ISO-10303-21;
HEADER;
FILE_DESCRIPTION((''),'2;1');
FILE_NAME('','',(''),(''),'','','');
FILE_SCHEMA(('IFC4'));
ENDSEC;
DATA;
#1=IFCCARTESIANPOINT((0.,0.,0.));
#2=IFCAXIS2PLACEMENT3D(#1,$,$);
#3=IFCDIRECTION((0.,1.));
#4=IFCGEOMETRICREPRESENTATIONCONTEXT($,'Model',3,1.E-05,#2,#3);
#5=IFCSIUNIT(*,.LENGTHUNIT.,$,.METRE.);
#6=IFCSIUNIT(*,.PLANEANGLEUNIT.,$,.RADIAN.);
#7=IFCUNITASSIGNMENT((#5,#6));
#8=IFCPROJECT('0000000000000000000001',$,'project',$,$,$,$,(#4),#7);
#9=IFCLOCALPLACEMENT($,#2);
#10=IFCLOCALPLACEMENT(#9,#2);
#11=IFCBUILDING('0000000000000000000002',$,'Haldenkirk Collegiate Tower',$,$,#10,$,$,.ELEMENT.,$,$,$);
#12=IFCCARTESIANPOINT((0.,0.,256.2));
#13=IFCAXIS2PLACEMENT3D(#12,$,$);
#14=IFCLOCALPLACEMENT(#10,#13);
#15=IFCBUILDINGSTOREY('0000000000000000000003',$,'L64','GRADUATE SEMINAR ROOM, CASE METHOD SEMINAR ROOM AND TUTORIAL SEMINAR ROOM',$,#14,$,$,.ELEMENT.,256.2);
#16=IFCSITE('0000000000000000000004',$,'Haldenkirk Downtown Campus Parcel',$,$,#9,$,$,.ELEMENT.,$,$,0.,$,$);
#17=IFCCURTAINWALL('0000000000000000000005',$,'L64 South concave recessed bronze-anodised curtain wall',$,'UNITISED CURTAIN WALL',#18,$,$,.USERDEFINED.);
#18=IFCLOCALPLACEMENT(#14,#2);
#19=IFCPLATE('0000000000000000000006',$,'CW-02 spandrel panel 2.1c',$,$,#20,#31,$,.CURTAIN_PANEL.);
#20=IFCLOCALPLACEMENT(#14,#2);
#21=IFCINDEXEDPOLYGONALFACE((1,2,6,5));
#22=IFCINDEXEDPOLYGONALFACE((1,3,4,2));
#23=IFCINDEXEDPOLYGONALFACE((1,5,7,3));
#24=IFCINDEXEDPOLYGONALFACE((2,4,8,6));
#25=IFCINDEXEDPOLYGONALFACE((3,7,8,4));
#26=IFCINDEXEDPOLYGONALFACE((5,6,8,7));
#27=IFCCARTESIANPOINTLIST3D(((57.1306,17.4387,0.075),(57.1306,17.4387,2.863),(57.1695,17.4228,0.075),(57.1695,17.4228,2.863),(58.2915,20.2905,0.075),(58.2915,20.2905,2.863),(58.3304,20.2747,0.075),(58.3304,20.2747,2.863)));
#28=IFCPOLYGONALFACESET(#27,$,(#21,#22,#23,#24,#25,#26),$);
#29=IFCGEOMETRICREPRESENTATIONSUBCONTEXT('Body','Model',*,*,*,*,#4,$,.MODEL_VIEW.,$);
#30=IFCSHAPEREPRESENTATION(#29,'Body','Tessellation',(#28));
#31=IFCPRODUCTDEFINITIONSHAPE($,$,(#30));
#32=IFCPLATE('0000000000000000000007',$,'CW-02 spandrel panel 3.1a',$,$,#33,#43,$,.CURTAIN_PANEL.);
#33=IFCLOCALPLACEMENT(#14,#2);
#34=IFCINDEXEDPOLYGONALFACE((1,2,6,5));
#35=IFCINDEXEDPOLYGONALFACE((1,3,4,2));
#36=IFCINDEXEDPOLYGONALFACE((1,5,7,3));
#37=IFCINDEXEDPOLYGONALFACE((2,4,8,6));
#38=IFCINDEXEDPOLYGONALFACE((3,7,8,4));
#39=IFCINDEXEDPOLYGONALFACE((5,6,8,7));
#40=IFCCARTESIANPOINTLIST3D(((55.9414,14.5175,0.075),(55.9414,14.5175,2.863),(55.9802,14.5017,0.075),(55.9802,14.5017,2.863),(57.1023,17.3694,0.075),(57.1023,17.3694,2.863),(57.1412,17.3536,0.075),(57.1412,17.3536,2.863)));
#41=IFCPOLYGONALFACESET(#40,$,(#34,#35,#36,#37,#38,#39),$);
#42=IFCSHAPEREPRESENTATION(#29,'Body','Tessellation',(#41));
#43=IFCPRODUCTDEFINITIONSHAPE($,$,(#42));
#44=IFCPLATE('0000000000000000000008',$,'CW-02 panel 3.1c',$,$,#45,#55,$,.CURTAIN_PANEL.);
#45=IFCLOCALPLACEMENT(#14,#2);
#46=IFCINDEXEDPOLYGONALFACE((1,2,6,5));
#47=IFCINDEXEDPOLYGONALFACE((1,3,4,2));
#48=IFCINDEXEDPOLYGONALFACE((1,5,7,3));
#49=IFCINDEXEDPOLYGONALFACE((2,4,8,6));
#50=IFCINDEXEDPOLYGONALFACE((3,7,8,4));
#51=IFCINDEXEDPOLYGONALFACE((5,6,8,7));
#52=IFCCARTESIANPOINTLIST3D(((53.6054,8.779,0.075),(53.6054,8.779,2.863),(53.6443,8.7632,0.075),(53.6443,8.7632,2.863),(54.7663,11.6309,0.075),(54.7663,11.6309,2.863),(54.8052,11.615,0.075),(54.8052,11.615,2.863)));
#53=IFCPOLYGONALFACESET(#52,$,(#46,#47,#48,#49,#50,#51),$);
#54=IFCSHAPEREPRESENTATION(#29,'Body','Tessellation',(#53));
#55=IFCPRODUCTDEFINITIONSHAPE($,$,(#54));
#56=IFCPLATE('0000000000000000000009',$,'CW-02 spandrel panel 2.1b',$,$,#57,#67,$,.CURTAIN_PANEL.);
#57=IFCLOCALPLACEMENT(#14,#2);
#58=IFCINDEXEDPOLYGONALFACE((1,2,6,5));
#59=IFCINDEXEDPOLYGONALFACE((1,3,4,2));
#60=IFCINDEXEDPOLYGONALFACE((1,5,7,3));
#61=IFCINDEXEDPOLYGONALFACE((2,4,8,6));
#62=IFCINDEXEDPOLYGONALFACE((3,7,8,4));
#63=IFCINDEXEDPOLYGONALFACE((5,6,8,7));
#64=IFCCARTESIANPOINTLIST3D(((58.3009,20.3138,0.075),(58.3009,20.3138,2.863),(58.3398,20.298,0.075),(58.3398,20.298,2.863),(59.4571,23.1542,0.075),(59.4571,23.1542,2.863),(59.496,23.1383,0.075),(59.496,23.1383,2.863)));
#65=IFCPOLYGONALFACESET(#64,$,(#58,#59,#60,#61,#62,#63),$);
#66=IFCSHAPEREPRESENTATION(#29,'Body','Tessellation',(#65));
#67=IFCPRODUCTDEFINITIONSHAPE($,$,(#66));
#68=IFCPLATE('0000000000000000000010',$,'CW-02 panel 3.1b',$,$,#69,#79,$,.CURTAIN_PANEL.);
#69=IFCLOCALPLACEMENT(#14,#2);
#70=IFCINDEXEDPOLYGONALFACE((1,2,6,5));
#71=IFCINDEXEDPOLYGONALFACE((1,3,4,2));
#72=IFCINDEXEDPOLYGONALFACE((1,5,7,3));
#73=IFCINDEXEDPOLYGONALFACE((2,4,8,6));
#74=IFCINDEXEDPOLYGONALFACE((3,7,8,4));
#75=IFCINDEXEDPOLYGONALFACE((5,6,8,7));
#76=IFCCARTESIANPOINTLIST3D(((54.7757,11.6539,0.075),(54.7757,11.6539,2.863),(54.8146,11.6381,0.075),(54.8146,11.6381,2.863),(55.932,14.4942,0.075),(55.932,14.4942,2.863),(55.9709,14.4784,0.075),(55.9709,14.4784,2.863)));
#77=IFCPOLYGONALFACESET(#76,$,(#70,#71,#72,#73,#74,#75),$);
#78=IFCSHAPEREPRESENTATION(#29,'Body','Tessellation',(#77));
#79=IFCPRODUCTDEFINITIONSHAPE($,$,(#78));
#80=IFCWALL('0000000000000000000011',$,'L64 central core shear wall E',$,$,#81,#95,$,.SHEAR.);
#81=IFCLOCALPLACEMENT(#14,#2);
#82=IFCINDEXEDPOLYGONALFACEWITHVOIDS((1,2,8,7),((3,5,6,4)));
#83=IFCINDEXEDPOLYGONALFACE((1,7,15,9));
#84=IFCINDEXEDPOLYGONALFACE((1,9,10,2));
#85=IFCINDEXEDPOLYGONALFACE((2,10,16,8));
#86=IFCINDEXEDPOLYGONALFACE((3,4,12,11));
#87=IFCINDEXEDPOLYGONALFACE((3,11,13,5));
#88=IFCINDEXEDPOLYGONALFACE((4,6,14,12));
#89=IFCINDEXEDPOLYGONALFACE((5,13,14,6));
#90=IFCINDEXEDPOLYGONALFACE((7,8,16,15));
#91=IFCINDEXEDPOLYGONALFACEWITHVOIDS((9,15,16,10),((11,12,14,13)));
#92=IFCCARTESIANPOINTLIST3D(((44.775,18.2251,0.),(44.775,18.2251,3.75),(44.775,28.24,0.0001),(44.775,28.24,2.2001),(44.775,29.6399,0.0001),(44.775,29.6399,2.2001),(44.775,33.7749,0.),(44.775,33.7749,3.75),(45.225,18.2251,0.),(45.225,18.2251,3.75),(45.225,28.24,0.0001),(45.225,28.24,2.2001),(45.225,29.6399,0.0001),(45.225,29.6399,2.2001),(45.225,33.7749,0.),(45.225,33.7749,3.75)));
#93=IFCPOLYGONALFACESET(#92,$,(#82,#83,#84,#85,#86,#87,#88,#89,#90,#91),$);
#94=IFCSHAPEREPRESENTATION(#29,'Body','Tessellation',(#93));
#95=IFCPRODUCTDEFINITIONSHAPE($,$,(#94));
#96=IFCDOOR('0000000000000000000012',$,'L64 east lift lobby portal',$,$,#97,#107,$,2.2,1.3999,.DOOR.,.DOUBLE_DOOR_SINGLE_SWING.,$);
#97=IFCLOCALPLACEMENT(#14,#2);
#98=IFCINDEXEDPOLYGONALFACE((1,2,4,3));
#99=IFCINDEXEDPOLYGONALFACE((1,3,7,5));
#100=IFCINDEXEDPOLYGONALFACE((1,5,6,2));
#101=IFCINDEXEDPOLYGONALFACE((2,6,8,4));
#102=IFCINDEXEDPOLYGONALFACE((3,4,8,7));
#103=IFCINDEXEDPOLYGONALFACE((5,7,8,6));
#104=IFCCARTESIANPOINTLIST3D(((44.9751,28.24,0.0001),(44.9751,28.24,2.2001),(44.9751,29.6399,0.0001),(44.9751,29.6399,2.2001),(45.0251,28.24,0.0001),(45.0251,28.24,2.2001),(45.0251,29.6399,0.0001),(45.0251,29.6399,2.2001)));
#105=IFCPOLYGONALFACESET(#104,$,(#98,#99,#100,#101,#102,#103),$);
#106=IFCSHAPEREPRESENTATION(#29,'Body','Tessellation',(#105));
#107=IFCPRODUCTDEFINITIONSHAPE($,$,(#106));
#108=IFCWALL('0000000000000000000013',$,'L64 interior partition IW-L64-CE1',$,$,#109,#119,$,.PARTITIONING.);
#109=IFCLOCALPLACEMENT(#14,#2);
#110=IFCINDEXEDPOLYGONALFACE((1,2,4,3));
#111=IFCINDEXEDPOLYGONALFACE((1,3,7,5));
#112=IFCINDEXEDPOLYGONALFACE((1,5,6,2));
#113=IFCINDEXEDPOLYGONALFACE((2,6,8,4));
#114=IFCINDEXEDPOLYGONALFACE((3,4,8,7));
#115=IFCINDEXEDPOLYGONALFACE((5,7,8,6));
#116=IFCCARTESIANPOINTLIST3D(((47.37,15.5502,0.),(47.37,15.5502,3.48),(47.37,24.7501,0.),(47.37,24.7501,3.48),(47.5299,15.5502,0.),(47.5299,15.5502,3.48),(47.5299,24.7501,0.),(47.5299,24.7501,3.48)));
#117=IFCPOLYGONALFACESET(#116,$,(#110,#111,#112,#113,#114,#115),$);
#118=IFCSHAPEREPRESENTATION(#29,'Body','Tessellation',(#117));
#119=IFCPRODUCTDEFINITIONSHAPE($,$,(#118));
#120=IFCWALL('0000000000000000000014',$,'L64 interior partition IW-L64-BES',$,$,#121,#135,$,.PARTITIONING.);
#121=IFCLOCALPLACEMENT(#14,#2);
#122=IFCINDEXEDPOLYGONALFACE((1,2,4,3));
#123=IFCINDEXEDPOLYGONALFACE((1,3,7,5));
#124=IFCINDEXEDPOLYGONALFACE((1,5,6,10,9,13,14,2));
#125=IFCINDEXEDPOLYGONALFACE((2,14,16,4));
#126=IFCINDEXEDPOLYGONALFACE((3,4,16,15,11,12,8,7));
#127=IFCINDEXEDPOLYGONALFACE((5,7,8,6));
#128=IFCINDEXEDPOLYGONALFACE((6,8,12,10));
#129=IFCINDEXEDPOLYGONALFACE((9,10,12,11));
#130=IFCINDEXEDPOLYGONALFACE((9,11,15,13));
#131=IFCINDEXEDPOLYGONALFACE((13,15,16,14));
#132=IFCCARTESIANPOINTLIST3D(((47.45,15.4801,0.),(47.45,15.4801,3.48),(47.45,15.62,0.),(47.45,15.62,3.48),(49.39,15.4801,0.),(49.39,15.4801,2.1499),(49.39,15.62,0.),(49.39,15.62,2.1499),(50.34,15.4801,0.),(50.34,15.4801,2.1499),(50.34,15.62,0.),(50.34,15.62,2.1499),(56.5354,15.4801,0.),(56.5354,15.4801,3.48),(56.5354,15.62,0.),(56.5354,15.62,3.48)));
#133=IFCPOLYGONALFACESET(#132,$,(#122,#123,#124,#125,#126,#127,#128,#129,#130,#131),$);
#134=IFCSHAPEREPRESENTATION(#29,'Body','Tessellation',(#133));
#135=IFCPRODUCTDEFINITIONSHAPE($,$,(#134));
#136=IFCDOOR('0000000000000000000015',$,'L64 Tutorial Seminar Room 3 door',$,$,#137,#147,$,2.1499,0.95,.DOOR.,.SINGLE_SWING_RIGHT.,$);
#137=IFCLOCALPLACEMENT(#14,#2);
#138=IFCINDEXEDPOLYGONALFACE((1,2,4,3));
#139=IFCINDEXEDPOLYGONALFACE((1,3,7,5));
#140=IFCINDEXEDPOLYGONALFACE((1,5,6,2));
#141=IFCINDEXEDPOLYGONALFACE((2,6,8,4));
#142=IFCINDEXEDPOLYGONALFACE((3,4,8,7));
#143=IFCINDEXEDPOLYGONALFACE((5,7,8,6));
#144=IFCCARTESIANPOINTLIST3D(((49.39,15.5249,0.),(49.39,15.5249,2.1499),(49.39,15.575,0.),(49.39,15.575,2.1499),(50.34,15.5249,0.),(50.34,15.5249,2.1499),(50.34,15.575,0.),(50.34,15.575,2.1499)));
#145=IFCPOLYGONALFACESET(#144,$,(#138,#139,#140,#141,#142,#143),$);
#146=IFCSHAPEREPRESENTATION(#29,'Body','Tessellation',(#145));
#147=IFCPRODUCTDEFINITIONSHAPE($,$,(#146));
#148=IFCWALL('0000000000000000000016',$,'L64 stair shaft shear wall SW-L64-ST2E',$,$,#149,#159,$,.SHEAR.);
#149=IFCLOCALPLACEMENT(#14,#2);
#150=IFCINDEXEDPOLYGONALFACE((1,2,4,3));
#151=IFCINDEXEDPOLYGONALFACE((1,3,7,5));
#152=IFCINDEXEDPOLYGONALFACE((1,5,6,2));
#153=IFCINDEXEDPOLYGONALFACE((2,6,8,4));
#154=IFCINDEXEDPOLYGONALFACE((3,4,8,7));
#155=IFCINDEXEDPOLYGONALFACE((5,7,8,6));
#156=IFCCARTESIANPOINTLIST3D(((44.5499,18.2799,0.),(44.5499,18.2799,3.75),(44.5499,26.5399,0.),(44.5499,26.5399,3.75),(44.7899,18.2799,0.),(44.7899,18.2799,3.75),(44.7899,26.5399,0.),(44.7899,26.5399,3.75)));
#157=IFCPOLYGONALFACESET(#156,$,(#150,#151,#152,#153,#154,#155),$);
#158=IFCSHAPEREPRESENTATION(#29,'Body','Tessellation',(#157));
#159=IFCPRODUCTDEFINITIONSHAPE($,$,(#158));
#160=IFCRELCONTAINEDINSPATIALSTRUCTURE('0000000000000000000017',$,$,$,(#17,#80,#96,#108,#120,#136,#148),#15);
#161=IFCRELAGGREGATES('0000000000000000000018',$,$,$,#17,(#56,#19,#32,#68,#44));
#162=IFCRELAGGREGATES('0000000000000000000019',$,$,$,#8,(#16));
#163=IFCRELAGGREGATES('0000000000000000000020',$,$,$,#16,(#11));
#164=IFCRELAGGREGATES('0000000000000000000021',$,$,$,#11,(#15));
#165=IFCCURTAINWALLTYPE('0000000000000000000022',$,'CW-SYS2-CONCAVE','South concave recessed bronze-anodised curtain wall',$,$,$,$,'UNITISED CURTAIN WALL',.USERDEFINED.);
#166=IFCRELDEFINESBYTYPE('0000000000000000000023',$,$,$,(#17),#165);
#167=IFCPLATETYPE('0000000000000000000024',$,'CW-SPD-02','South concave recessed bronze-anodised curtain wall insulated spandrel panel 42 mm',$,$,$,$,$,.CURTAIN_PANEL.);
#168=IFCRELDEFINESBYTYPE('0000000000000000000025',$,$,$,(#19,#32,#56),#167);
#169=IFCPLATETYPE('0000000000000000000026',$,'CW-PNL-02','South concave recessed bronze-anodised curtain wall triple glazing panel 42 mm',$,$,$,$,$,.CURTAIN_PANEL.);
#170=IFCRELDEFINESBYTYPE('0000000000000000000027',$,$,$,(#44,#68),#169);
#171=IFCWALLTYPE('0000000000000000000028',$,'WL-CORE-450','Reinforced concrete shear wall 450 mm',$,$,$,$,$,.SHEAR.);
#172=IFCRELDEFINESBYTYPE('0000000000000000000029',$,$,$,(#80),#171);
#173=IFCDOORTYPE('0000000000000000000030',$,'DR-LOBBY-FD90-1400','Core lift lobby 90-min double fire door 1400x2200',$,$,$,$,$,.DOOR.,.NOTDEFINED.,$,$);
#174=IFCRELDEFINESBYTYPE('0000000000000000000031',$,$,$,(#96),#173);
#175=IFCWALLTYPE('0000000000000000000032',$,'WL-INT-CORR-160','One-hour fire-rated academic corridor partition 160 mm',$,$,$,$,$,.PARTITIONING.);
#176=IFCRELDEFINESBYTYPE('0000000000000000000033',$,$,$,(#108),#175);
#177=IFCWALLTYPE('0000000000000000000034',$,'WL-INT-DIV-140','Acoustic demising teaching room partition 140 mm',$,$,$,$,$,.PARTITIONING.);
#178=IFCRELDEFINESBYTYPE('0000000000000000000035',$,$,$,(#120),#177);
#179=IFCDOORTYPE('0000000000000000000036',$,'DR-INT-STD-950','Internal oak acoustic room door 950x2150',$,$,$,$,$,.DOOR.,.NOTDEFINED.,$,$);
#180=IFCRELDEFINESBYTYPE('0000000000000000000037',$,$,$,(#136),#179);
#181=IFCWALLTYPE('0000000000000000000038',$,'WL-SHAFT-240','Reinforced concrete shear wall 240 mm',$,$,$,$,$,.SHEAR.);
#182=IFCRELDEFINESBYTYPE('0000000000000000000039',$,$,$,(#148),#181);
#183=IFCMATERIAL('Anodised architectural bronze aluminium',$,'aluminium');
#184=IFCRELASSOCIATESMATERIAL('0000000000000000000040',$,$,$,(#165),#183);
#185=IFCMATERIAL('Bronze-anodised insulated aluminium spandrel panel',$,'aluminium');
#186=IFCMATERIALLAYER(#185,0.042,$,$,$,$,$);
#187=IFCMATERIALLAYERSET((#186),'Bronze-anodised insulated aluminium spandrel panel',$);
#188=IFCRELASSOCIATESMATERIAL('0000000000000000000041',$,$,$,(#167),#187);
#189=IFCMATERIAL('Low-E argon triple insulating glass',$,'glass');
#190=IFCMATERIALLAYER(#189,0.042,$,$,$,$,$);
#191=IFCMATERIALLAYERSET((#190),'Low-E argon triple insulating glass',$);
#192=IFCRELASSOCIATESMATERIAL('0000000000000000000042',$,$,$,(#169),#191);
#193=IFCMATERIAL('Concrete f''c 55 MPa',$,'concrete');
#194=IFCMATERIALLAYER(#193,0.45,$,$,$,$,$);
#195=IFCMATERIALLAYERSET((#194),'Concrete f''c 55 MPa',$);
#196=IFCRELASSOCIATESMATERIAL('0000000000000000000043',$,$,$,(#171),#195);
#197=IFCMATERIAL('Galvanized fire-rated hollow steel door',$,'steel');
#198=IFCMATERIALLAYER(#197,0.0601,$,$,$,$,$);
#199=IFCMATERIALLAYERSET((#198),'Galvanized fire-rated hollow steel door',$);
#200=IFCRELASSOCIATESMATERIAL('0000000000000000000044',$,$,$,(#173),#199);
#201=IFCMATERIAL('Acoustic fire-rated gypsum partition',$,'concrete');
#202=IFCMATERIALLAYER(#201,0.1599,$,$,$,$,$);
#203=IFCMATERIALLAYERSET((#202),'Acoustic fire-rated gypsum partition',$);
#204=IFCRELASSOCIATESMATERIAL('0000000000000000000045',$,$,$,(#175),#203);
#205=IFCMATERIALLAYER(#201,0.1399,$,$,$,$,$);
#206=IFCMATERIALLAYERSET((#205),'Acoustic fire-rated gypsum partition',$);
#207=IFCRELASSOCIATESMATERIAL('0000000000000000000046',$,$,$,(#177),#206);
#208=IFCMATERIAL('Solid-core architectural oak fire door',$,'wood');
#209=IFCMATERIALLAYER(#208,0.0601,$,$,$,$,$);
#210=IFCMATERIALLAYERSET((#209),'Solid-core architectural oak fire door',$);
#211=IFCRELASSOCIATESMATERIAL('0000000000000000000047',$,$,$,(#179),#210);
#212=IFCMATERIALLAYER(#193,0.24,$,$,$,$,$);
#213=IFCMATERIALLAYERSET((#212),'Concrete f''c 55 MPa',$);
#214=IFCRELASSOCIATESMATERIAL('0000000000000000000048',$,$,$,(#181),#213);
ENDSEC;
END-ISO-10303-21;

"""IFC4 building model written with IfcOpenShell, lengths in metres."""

from ifc_helpers import new_model, si_unit, direction, frame, frame_2d, origin, origin_2d, place, context, subcontext, project, spatial, rectangle, extrude, source, transform, mapped, material, layer, layer_set, type_object, element, fill, aggregate, save


model = new_model("IFC4")

# Units and contexts
model_context = context("Model", 3, precision=1e-05, world=origin(), true_north=direction((0.0, 1.0)))
body_context = subcontext(model_context, "Body", "Model", "MODEL_VIEW")
ifc_project = project(units=[si_unit("LENGTHUNIT", "METRE"), si_unit("PLANEANGLEUNIT", "RADIAN")], contexts=[model_context])

# Site, building, storey
site_placement = place(None, origin())
site = spatial("IfcSite", under=ifc_project, at=site_placement, Name="Haldenkirk Downtown Campus Parcel", CompositionType="ELEMENT", RefElevation=0.0)
building_placement = place(site_placement, origin())
building = spatial("IfcBuilding", under=site, at=building_placement, Name="Haldenkirk Collegiate Tower", CompositionType="ELEMENT")
storey_placement = place(building_placement, frame((0.0, 0.0, 256.2)))
storey = spatial("IfcBuildingStorey", under=building, at=storey_placement, Name="L64", Description="GRADUATE SEMINAR ROOM, CASE METHOD SEMINAR ROOM AND TUTORIAL SEMINAR ROOM", CompositionType="ELEMENT", Elevation=256.2)

# Curtain wall
ifc_material_1 = material(Name="Anodised architectural bronze aluminium", Category="aluminium")
curtain_wall_type = type_object("IfcCurtainWallType", Name="CW-SYS2-CONCAVE", Description="South concave recessed bronze-anodised curtain wall", ElementType="UNITISED CURTAIN WALL", PredefinedType="USERDEFINED", material=ifc_material_1)
curtain_wall_placement = place(storey_placement, origin())
curtain_wall = element("IfcCurtainWall", 1, at=curtain_wall_placement, inside=storey, type_object=curtain_wall_type, Name="L64 South concave recessed bronze-anodised curtain wall", ObjectType="UNITISED CURTAIN WALL", PredefinedType="USERDEFINED")

# Plates
ifc_material_2 = material(Name="Bronze-anodised insulated aluminium spandrel panel", Category="aluminium")
ifc_layer_1 = layer(ifc_material_2, 0.042)
ifc_layer_set_1 = layer_set([ifc_layer_1], Name="Bronze-anodised insulated aluminium spandrel panel")
plate_type_1 = type_object("IfcPlateType", Name="CW-SPD-02", Description="South concave recessed bronze-anodised curtain wall insulated spandrel panel 42 mm", PredefinedType="CURTAIN_PANEL", material=ifc_layer_set_1)
shared_shape_1 = source(origin(), body_context, "Body", "SweptSolid", [
    extrude(rectangle(XDim=3.0791, YDim=0.042, at=origin_2d()), origin(), (0.0, 0.0, 1.0), 2.7881),
])
plate_1_placement = place(storey_placement, frame((57.7305, 18.8567, 0.075), z_axis=(0.0, 0.0, 1.0), x_axis=(-0.377032, -0.9262, 0.0)))
plate_1 = element("IfcPlate", 2, at=plate_1_placement, type_object=plate_type_1, Name="CW-02 spandrel panel 2.1c", PredefinedType="CURTAIN_PANEL", context=body_context, shape_type="MappedRepresentation", body=[
    mapped(shared_shape_1, transform((0.0, 0.0, 0.0), x_axis=(1.0, 0.0, 0.0), y_axis=(0.0, 1.0, 0.0), z_axis=(0.0, 0.0, 1.0), scale=1.0)),
])
plate_2_placement = place(storey_placement, frame((56.5413, 15.9355, 0.075), z_axis=(0.0, 0.0, 1.0), x_axis=(-0.377032, -0.9262, 0.0)))
plate_2 = element("IfcPlate", 3, at=plate_2_placement, type_object=plate_type_1, Name="CW-02 spandrel panel 3.1a", PredefinedType="CURTAIN_PANEL", context=body_context, shape_type="MappedRepresentation", body=[
    mapped(shared_shape_1, transform((0.0, 0.0, 0.0), x_axis=(1.0, 0.0, 0.0), y_axis=(0.0, 1.0, 0.0), z_axis=(0.0, 0.0, 1.0), scale=1.0)),
])
ifc_material_3 = material(Name="Low-E argon triple insulating glass", Category="glass")
ifc_layer_2 = layer(ifc_material_3, 0.042)
ifc_layer_set_2 = layer_set([ifc_layer_2], Name="Low-E argon triple insulating glass")
plate_type_2 = type_object("IfcPlateType", Name="CW-PNL-02", Description="South concave recessed bronze-anodised curtain wall triple glazing panel 42 mm", PredefinedType="CURTAIN_PANEL", material=ifc_layer_set_2)
plate_3_placement = place(storey_placement, frame((54.2053, 10.197, 0.075), z_axis=(0.0, 0.0, 1.0), x_axis=(-0.377032, -0.9262, 0.0)))
plate_3 = element("IfcPlate", 4, at=plate_3_placement, type_object=plate_type_2, Name="CW-02 panel 3.1c", PredefinedType="CURTAIN_PANEL", context=body_context, shape_type="MappedRepresentation", body=[
    mapped(shared_shape_1, transform((0.0, 0.0, 0.0), x_axis=(1.0, 0.0, 0.0), y_axis=(0.0, 1.0, 0.0), z_axis=(0.0, 0.0, 1.0), scale=1.0)),
])
shared_shape_2 = source(origin(), body_context, "Body", "SweptSolid", [
    extrude(rectangle(XDim=3.0667, YDim=0.042, at=origin_2d()), origin(), (0.0, 0.0, 1.0), 2.7881),
])
plate_4_placement = place(storey_placement, frame((58.8984, 21.7261, 0.075), z_axis=(0.0, 0.0, 1.0), x_axis=(-0.377032, -0.9262, 0.0)))
plate_4 = element("IfcPlate", 5, at=plate_4_placement, type_object=plate_type_1, Name="CW-02 spandrel panel 2.1b", PredefinedType="CURTAIN_PANEL", context=body_context, shape_type="MappedRepresentation", body=[
    mapped(shared_shape_2, transform((0.0, 0.0, 0.0), x_axis=(1.0, 0.0, 0.0), y_axis=(0.0, 1.0, 0.0), z_axis=(0.0, 0.0, 1.0), scale=1.0)),
])
plate_5_placement = place(storey_placement, frame((55.3733, 13.0662, 0.075), z_axis=(0.0, 0.0, 1.0), x_axis=(-0.377032, -0.9262, 0.0)))
plate_5 = element("IfcPlate", 6, at=plate_5_placement, type_object=plate_type_2, Name="CW-02 panel 3.1b", PredefinedType="CURTAIN_PANEL", context=body_context, shape_type="MappedRepresentation", body=[
    mapped(shared_shape_2, transform((0.0, 0.0, 0.0), x_axis=(1.0, 0.0, 0.0), y_axis=(0.0, 1.0, 0.0), z_axis=(0.0, 0.0, 1.0), scale=1.0)),
])
aggregate(curtain_wall, [plate_4, plate_1, plate_2, plate_5, plate_3])

# Wall, opening, door
ifc_material_4 = material(Name="Concrete f'c 55 MPa", Category="concrete")
ifc_layer_3 = layer(ifc_material_4, 0.45)
ifc_layer_set_3 = layer_set([ifc_layer_3], Name="Concrete f'c 55 MPa")
wall_type_1 = type_object("IfcWallType", Name="WL-CORE-450", Description="Reinforced concrete shear wall 450 mm", PredefinedType="SHEAR", material=ifc_layer_set_3)
wall_1_placement = place(storey_placement, frame((45.0, 18.2251, 0.0), z_axis=(0.0, 0.0, 1.0), x_axis=(0.0, 1.0, 0.0)))
wall_1 = element("IfcWall", 7, at=wall_1_placement, inside=storey, type_object=wall_type_1, Name="L64 central core shear wall E", PredefinedType="SHEAR", context=body_context, shape_type="SweptSolid", body=[
    extrude(rectangle(XDim=15.5498, YDim=0.45, at=frame_2d((7.7749, 0.0))), origin(), (0.0, 0.0, 1.0), 3.75),
])
opening_1_placement = place(wall_1_placement, frame((10.0149, 0.0, 0.0)))
opening_1 = element("IfcOpeningElement", 8, at=opening_1_placement, cuts=wall_1, PredefinedType="OPENING", context=body_context, shape_type="SweptSolid", body=[
    extrude(rectangle(XDim=1.3999, YDim=2.2, at=frame_2d((0.7, 1.1001))), frame((0.0, 0.2349, 0.0), z_axis=(0.0, -1.0, 0.0), x_axis=(1.0, 0.0, 0.0)), (0.0, 0.0, 1.0), 0.47),
])
ifc_material_5 = material(Name="Galvanized fire-rated hollow steel door", Category="steel")
ifc_layer_4 = layer(ifc_material_5, 0.0601)
ifc_layer_set_4 = layer_set([ifc_layer_4], Name="Galvanized fire-rated hollow steel door")
door_type_1 = type_object("IfcDoorType", Name="DR-LOBBY-FD90-1400", Description="Core lift lobby 90-min double fire door 1400x2200", OperationType="NOTDEFINED", PredefinedType="DOOR", material=ifc_layer_set_4)
door_1_placement = place(opening_1_placement, origin())
door_1 = element("IfcDoor", 9, at=door_1_placement, inside=storey, type_object=door_type_1, Name="L64 east lift lobby portal", OperationType="DOUBLE_DOOR_SINGLE_SWING", OverallHeight=2.2, OverallWidth=1.3999, PredefinedType="DOOR", context=body_context, shape_type="SweptSolid", body=[
    extrude(rectangle(XDim=1.3999, YDim=2.2, at=frame_2d((0.7, 1.1001))), frame((0.0, 0.0249, 0.0), z_axis=(0.0, -1.0, 0.0), x_axis=(1.0, 0.0, 0.0)), (0.0, 0.0, 1.0), 0.05),
])
fill(opening_1, door_1)

# Wall
ifc_material_6 = material(Name="Acoustic fire-rated gypsum partition", Category="concrete")
ifc_layer_5 = layer(ifc_material_6, 0.1599)
ifc_layer_set_5 = layer_set([ifc_layer_5], Name="Acoustic fire-rated gypsum partition")
wall_type_2 = type_object("IfcWallType", Name="WL-INT-CORR-160", Description="One-hour fire-rated academic corridor partition 160 mm", PredefinedType="PARTITIONING", material=ifc_layer_set_5)
wall_2_placement = place(storey_placement, frame((47.45, 15.55, 0.0), z_axis=(0.0, 0.0, 1.0), x_axis=(0.0, 1.0, 0.0)))
element("IfcWall", 10, at=wall_2_placement, inside=storey, type_object=wall_type_2, Name="L64 interior partition IW-L64-CE1", PredefinedType="PARTITIONING", context=body_context, shape_type="SweptSolid", body=[
    extrude(rectangle(XDim=9.2, YDim=0.1599, at=frame_2d((4.6001, 0.0))), origin(), (0.0, 0.0, 1.0), 3.48),
])

# Wall, opening, door
ifc_layer_6 = layer(ifc_material_6, 0.1399)
ifc_layer_set_6 = layer_set([ifc_layer_6], Name="Acoustic fire-rated gypsum partition")
wall_type_3 = type_object("IfcWallType", Name="WL-INT-DIV-140", Description="Acoustic demising teaching room partition 140 mm", PredefinedType="PARTITIONING", material=ifc_layer_set_6)
wall_3_placement = place(storey_placement, frame((47.45, 15.55, 0.0), z_axis=(0.0, 0.0, 1.0), x_axis=(1.0, 0.0, 0.0)))
wall_3 = element("IfcWall", 11, at=wall_3_placement, inside=storey, type_object=wall_type_3, Name="L64 interior partition IW-L64-BES", PredefinedType="PARTITIONING", context=body_context, shape_type="SweptSolid", body=[
    extrude(rectangle(XDim=9.0854, YDim=0.1399, at=frame_2d((4.5427, 0.0))), origin(), (0.0, 0.0, 1.0), 3.48),
])
opening_2_placement = place(wall_3_placement, frame((1.9399, 0.0, 0.0)))
opening_2 = element("IfcOpeningElement", 12, at=opening_2_placement, cuts=wall_3, PredefinedType="OPENING", context=body_context, shape_type="SweptSolid", body=[
    extrude(rectangle(XDim=0.95, YDim=2.1499, at=frame_2d((0.4751, 1.075))), frame((0.0, 0.0798, 0.0), z_axis=(0.0, -1.0, 0.0), x_axis=(1.0, 0.0, 0.0)), (0.0, 0.0, 1.0), 0.1599),
])
ifc_material_7 = material(Name="Solid-core architectural oak fire door", Category="wood")
ifc_layer_7 = layer(ifc_material_7, 0.0601)
ifc_layer_set_7 = layer_set([ifc_layer_7], Name="Solid-core architectural oak fire door")
door_type_2 = type_object("IfcDoorType", Name="DR-INT-STD-950", Description="Internal oak acoustic room door 950x2150", OperationType="NOTDEFINED", PredefinedType="DOOR", material=ifc_layer_set_7)
door_2_placement = place(opening_2_placement, origin())
door_2 = element("IfcDoor", 13, at=door_2_placement, inside=storey, type_object=door_type_2, Name="L64 Tutorial Seminar Room 3 door", OperationType="SINGLE_SWING_RIGHT", OverallHeight=2.1499, OverallWidth=0.95, PredefinedType="DOOR", context=body_context, shape_type="SweptSolid", body=[
    extrude(rectangle(XDim=0.95, YDim=2.1499, at=frame_2d((0.4751, 1.075))), frame((0.0, 0.0249, 0.0), z_axis=(0.0, -1.0, 0.0), x_axis=(1.0, 0.0, 0.0)), (0.0, 0.0, 1.0), 0.05),
])
fill(opening_2, door_2)

# Wall
ifc_layer_8 = layer(ifc_material_4, 0.24)
ifc_layer_set_8 = layer_set([ifc_layer_8], Name="Concrete f'c 55 MPa")
wall_type_4 = type_object("IfcWallType", Name="WL-SHAFT-240", Description="Reinforced concrete shear wall 240 mm", PredefinedType="SHEAR", material=ifc_layer_set_8)
wall_4_placement = place(storey_placement, frame((44.6699, 18.28, 0.0), z_axis=(0.0, 0.0, 1.0), x_axis=(0.0, 1.0, 0.0)))
element("IfcWall", 14, at=wall_4_placement, inside=storey, type_object=wall_type_4, Name="L64 stair shaft shear wall SW-L64-ST2E", PredefinedType="SHEAR", context=body_context, shape_type="SweptSolid", body=[
    extrude(rectangle(XDim=8.26, YDim=0.24, at=frame_2d((4.1299, 0.0))), origin(), (0.0, 0.0, 1.0), 3.75),
])

save(model, "model.ifc")
